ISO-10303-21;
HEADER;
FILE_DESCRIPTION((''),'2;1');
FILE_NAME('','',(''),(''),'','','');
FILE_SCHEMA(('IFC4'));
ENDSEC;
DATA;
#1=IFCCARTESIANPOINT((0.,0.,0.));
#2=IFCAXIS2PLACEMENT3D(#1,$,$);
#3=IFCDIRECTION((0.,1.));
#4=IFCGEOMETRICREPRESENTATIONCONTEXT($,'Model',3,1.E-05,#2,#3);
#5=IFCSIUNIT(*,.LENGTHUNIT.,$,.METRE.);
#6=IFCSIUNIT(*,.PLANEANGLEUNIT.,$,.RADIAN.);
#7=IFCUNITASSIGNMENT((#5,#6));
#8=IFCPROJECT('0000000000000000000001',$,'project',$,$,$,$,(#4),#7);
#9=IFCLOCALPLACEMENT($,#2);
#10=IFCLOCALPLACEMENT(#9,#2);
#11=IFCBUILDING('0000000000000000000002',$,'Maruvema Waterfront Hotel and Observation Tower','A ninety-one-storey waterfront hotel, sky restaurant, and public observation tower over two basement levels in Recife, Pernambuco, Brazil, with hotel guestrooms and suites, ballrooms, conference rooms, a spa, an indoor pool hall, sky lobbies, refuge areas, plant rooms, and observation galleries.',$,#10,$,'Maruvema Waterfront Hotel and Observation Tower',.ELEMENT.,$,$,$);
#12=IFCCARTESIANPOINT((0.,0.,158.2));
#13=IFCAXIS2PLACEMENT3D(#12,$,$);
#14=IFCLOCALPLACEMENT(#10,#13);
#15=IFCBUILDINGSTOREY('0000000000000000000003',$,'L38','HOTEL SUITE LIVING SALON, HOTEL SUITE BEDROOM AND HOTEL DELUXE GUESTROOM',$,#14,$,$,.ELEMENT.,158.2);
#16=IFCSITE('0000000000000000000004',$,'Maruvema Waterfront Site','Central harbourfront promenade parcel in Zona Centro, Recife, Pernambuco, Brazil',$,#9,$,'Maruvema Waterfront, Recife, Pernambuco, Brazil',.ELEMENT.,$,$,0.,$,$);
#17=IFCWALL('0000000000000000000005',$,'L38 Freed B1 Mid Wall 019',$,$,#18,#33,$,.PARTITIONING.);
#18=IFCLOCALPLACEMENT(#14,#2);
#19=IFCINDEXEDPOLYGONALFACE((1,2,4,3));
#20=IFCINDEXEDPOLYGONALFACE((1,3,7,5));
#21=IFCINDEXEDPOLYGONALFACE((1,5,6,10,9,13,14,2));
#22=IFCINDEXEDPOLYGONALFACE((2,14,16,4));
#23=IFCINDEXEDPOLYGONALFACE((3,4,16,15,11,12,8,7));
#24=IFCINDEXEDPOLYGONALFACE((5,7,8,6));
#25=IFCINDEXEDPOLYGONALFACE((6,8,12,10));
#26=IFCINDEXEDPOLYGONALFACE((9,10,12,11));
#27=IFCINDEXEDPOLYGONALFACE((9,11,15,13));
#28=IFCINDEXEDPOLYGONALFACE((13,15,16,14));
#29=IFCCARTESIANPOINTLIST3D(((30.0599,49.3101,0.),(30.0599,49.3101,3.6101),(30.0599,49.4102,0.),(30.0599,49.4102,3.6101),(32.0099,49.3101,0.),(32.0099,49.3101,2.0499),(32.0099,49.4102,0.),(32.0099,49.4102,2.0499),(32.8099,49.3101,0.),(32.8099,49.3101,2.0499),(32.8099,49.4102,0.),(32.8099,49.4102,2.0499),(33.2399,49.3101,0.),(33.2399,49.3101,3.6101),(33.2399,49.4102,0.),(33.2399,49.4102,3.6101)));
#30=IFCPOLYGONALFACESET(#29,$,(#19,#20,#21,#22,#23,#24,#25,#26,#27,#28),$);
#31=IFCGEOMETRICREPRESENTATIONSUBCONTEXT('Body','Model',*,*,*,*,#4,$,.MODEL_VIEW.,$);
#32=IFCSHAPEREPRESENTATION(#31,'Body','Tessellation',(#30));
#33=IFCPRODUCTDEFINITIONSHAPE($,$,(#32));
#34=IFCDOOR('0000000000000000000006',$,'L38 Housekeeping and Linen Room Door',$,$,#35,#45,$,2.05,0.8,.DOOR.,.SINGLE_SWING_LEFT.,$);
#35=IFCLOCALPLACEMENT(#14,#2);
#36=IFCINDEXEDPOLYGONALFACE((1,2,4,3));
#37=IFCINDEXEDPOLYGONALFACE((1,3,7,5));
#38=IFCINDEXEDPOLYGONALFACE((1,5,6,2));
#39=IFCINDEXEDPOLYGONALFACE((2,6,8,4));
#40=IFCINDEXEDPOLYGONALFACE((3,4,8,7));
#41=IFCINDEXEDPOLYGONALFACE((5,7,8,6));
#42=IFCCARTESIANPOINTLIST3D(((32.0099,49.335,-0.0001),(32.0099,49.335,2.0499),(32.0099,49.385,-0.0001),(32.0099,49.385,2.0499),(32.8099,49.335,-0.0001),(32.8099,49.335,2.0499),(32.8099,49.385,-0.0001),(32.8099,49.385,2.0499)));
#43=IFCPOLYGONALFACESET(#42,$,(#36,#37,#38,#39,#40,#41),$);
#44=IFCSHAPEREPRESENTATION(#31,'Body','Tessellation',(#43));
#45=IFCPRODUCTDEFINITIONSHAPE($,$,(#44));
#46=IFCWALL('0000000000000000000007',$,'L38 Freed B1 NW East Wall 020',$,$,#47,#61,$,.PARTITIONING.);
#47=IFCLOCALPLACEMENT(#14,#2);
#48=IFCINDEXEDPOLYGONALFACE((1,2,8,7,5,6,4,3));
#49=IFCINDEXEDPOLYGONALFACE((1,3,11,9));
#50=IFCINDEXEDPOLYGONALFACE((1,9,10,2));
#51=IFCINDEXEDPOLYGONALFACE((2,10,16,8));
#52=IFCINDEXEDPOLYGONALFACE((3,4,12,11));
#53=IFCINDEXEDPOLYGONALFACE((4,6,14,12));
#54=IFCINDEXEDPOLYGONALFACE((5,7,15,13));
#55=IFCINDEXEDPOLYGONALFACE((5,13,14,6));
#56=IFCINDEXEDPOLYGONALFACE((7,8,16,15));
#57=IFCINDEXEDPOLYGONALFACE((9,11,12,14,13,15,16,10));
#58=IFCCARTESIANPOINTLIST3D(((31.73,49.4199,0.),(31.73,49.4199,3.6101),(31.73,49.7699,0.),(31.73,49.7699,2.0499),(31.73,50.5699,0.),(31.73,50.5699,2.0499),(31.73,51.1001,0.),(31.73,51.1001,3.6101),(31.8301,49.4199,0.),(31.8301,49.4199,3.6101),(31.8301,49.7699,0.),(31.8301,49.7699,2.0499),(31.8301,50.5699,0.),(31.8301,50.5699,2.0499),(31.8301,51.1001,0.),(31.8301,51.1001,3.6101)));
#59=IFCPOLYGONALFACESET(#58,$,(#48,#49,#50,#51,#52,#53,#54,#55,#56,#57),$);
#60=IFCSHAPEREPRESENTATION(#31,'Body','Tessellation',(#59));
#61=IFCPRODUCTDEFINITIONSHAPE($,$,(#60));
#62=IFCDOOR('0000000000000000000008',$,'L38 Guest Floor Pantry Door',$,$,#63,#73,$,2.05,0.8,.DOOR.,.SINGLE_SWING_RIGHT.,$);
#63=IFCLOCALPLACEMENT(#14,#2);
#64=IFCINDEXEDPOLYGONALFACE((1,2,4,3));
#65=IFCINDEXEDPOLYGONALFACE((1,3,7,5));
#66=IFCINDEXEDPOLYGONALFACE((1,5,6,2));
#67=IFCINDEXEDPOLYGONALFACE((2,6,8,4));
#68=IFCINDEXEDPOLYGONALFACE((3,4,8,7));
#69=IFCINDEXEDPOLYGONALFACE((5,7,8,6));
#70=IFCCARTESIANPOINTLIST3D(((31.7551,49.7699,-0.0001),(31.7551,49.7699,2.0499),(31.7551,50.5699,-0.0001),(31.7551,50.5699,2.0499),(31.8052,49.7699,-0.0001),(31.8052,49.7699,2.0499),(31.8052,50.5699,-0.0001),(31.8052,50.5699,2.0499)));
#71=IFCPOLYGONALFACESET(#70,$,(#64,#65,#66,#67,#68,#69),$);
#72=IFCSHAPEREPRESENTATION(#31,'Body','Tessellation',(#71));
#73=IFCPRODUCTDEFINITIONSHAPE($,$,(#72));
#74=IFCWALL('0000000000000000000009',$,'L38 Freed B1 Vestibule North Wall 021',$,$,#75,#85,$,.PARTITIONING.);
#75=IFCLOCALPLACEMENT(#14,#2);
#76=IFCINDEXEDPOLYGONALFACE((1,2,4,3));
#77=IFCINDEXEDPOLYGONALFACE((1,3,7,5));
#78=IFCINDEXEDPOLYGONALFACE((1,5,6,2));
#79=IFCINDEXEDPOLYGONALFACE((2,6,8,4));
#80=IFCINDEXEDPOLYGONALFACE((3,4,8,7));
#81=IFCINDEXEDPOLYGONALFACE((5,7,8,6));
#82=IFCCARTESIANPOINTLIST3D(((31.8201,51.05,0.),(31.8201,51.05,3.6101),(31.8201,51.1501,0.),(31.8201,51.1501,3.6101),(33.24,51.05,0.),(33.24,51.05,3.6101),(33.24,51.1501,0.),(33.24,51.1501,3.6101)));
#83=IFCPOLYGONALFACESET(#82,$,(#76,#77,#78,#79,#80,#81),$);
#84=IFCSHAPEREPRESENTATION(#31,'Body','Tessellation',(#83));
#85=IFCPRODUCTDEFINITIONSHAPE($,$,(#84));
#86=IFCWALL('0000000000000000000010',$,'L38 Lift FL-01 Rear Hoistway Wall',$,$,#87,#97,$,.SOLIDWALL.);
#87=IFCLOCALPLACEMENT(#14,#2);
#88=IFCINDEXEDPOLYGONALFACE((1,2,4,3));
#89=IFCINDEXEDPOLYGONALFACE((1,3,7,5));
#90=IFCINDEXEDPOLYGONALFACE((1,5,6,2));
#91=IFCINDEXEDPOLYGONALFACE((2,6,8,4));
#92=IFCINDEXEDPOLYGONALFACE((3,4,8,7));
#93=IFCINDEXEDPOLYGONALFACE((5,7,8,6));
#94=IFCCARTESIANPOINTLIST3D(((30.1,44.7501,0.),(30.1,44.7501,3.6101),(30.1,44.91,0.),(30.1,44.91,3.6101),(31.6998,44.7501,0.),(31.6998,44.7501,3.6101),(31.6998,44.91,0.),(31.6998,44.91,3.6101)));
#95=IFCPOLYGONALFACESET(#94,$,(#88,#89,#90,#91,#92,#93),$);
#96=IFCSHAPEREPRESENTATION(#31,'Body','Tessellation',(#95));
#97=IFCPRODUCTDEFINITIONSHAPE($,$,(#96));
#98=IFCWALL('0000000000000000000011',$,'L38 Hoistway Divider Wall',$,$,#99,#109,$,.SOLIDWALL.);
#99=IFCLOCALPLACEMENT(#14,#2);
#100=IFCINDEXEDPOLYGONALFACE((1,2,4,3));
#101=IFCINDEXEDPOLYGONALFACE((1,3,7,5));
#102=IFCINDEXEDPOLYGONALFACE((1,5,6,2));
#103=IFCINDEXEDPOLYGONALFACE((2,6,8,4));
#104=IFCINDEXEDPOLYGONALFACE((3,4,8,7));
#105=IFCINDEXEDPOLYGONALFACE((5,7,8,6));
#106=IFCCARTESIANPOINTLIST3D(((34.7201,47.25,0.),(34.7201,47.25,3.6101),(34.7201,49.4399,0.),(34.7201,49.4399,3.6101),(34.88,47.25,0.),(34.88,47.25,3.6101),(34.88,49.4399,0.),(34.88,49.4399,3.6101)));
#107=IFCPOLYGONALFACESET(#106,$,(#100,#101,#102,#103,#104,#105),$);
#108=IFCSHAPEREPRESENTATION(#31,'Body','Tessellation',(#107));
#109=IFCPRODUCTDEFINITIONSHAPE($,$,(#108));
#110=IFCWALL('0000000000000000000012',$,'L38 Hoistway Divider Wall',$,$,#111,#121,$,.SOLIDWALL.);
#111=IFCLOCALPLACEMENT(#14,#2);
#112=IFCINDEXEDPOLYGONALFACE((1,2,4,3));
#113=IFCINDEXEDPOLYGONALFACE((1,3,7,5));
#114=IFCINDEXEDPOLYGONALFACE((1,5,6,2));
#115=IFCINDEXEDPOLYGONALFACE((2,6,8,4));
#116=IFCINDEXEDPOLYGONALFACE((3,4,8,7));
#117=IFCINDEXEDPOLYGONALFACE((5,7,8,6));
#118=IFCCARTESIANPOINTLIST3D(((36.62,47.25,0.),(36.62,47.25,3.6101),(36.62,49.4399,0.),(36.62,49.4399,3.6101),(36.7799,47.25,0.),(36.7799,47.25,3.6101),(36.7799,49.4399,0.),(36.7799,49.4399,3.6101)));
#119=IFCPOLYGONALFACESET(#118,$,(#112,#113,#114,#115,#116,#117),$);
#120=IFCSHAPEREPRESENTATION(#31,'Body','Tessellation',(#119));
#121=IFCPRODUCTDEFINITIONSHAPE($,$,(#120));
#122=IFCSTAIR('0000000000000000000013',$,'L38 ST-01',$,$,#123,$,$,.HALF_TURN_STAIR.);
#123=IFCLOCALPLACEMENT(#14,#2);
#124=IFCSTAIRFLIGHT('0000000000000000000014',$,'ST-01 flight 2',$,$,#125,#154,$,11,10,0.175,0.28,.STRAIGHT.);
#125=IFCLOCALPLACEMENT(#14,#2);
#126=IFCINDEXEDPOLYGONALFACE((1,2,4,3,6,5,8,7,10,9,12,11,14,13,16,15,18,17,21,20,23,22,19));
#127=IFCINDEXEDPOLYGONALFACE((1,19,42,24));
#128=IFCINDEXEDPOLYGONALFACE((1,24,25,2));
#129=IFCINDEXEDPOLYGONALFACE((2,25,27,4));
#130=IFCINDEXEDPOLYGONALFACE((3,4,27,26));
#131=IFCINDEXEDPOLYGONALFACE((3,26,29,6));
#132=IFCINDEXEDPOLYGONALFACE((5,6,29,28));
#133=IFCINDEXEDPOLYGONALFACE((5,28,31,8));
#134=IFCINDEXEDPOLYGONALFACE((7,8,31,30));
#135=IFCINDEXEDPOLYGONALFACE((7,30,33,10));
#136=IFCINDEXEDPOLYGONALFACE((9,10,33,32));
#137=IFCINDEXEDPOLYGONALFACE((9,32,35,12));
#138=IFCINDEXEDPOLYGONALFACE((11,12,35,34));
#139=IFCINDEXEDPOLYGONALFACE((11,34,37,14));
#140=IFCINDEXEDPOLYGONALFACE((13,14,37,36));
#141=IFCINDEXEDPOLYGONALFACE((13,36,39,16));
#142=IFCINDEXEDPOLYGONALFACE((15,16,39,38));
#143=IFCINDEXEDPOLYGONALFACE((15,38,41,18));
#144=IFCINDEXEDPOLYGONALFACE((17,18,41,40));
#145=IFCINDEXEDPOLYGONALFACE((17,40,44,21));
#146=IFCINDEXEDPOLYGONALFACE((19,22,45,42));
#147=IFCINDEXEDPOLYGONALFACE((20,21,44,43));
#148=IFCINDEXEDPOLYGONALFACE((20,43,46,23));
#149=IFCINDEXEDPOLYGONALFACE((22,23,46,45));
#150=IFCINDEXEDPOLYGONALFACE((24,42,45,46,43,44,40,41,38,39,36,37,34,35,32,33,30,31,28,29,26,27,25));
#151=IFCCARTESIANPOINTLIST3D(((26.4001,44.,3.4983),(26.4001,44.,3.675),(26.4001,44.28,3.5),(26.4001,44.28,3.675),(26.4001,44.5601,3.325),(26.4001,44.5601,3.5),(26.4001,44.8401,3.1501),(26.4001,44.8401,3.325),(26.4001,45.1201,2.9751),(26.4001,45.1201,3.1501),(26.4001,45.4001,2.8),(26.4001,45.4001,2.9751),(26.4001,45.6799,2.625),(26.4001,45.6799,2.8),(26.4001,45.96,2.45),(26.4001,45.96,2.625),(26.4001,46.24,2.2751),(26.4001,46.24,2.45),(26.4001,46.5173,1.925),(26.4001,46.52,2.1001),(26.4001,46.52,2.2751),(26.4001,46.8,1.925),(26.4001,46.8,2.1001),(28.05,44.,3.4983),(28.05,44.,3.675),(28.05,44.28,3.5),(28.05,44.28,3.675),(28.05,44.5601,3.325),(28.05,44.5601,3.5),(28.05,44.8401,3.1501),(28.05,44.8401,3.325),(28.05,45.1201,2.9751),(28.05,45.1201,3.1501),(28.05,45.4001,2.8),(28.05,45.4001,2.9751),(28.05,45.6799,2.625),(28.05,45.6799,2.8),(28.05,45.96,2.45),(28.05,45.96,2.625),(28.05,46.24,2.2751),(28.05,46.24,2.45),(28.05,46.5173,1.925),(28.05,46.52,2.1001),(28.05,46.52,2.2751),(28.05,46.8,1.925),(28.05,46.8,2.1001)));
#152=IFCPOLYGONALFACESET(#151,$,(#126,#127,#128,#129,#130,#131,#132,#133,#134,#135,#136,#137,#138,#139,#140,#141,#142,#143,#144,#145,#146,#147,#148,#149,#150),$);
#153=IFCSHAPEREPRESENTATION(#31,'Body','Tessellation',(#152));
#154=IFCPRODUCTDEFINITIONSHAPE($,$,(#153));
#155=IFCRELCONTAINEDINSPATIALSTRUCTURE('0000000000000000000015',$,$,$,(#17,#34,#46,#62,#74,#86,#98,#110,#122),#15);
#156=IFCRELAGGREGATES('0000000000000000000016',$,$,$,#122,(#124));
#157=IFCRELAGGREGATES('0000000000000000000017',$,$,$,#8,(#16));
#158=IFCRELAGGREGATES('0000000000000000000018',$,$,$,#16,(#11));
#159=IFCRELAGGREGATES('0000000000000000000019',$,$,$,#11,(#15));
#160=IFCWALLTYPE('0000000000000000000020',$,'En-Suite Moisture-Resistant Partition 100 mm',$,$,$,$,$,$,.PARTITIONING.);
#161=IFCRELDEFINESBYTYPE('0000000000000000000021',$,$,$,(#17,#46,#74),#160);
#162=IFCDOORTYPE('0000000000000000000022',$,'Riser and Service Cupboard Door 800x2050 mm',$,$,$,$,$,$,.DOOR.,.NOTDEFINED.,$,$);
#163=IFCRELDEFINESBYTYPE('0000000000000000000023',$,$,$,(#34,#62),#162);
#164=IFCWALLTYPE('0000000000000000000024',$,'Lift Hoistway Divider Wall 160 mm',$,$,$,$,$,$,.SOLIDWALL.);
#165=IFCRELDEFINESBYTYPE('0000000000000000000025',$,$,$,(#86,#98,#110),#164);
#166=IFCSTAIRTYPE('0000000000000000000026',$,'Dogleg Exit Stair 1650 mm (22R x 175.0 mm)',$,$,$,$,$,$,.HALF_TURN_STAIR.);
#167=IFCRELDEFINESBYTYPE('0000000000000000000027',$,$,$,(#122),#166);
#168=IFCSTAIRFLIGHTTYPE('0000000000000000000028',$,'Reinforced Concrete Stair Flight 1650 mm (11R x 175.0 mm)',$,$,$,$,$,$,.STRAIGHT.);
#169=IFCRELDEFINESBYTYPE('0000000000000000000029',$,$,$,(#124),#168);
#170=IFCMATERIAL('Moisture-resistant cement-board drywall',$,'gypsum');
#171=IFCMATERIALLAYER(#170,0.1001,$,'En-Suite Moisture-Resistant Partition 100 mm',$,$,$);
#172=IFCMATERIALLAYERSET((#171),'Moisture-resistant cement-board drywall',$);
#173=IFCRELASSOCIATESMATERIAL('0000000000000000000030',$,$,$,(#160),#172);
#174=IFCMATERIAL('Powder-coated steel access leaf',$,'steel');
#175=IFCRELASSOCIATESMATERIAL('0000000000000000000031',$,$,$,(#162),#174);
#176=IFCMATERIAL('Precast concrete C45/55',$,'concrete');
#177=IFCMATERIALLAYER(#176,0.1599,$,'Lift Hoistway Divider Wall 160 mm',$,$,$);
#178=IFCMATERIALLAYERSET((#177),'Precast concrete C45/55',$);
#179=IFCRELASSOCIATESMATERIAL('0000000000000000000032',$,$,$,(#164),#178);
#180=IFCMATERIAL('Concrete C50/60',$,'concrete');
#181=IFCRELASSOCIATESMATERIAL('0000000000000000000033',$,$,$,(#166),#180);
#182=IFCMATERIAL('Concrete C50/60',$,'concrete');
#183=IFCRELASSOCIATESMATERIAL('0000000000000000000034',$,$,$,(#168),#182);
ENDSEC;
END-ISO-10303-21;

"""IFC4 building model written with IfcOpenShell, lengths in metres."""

from ifc_helpers import new_model, si_unit, direction, frame, frame_2d, origin, place, context, subcontext, project, spatial, polyline, rectangle, outline, extrude, material, layer, layer_set, type_object, element, fill, aggregate, save


model = new_model("IFC4")

# Units and contexts
model_context = context("Model", 3, precision=1e-05, world=origin(), true_north=direction((0.0, 1.0)))
body_context = subcontext(model_context, "Body", "Model", "MODEL_VIEW")
ifc_project = project(units=[si_unit("LENGTHUNIT", "METRE"), si_unit("PLANEANGLEUNIT", "RADIAN")], contexts=[model_context])

# Site, building, storey
site_placement = place(None, origin())
site = spatial("IfcSite", under=ifc_project, at=site_placement, Name="Maruvema Waterfront Site", Description="Central harbourfront promenade parcel in Zona Centro, Recife, Pernambuco, Brazil", LongName="Maruvema Waterfront, Recife, Pernambuco, Brazil", CompositionType="ELEMENT", RefElevation=0.0)
building_placement = place(site_placement, origin())
building = spatial("IfcBuilding", under=site, at=building_placement, Name="Maruvema Waterfront Hotel and Observation Tower", Description="A ninety-one-storey waterfront hotel, sky restaurant, and public observation tower over two basement levels in Recife, Pernambuco, Brazil, with hotel guestrooms and suites, ballrooms, conference rooms, a spa, an indoor pool hall, sky lobbies, refuge areas, plant rooms, and observation galleries.", LongName="Maruvema Waterfront Hotel and Observation Tower", CompositionType="ELEMENT")
storey_placement = place(building_placement, frame((0.0, 0.0, 158.2)))
storey = spatial("IfcBuildingStorey", under=building, at=storey_placement, Name="L38", Description="HOTEL SUITE LIVING SALON, HOTEL SUITE BEDROOM AND HOTEL DELUXE GUESTROOM", CompositionType="ELEMENT", Elevation=158.2)

# Shared definitions
ifc_material_1 = material(Name="Moisture-resistant cement-board drywall", Category="gypsum")
ifc_layer_1 = layer(ifc_material_1, 0.1001, Name="En-Suite Moisture-Resistant Partition 100 mm")
ifc_layer_set_1 = layer_set([ifc_layer_1], Name="Moisture-resistant cement-board drywall")
wall_type_1 = type_object("IfcWallType", Name="En-Suite Moisture-Resistant Partition 100 mm", PredefinedType="PARTITIONING", material=ifc_layer_set_1)

# Shared definitions
ifc_material_2 = material(Name="Powder-coated steel access leaf", Category="steel")
door_type_1 = type_object("IfcDoorType", Name="Riser and Service Cupboard Door 800x2050 mm", OperationType="NOTDEFINED", PredefinedType="DOOR", material=ifc_material_2)

# Walls, openings, doors
wall_1_placement = place(storey_placement, frame((30.0601, 49.3601, 0.0), z_axis=(0.0, 0.0, 1.0), x_axis=(1.0, 0.0, 0.0)))
wall_1 = element("IfcWall", 1, at=wall_1_placement, inside=storey, type_object=wall_type_1, Name="L38 Freed B1 Mid Wall 019", PredefinedType="PARTITIONING", context=body_context, shape_type="SweptSolid", body=[
    extrude(rectangle(XDim=3.1799, YDim=0.1001, at=frame_2d((1.5898, 0.0))), origin(), (0.0, 0.0, 1.0), 3.6101),
])
opening_1_placement = place(wall_1_placement, frame((1.95, 0.0, 0.0)))
opening_1 = element("IfcOpeningElement", 2, at=opening_1_placement, cuts=wall_1, PredefinedType="OPENING", context=body_context, shape_type="SweptSolid", body=[
    extrude(rectangle(XDim=0.8, YDim=2.05, at=frame_2d((0.3999, 1.0249))), frame((0.0, 0.0601, 0.0), z_axis=(0.0, -1.0, 0.0), x_axis=(1.0, 0.0, 0.0)), (0.0, 0.0, 1.0), 0.1201),
])
door_1_placement = place(opening_1_placement, origin())
door_1 = element("IfcDoor", 3, at=door_1_placement, inside=storey, type_object=door_type_1, Name="L38 Housekeeping and Linen Room Door", OperationType="SINGLE_SWING_LEFT", OverallHeight=2.05, OverallWidth=0.8, PredefinedType="DOOR", context=body_context, shape_type="SweptSolid", body=[
    extrude(rectangle(XDim=0.8, YDim=2.05, at=frame_2d((0.3999, 1.0249))), frame((0.0, 0.0249, 0.0), z_axis=(0.0, -1.0, 0.0), x_axis=(1.0, 0.0, 0.0)), (0.0, 0.0, 1.0), 0.05),
])
fill(opening_1, door_1)
wall_2_placement = place(storey_placement, frame((31.78, 49.4199, 0.0), z_axis=(0.0, 0.0, 1.0), x_axis=(0.0, 1.0, 0.0)))
wall_2 = element("IfcWall", 4, at=wall_2_placement, inside=storey, type_object=wall_type_1, Name="L38 Freed B1 NW East Wall 020", PredefinedType="PARTITIONING", context=body_context, shape_type="SweptSolid", body=[
    extrude(rectangle(XDim=1.6802, YDim=0.1001, at=frame_2d((0.8401, 0.0))), origin(), (0.0, 0.0, 1.0), 3.6101),
])
opening_2_placement = place(wall_2_placement, frame((0.3501, 0.0, 0.0)))
opening_2 = element("IfcOpeningElement", 5, at=opening_2_placement, cuts=wall_2, PredefinedType="OPENING", context=body_context, shape_type="SweptSolid", body=[
    extrude(rectangle(XDim=0.8, YDim=2.05, at=frame_2d((0.3999, 1.0249))), frame((0.0, 0.0601, 0.0), z_axis=(0.0, -1.0, 0.0), x_axis=(1.0, 0.0, 0.0)), (0.0, 0.0, 1.0), 0.1201),
])
door_2_placement = place(opening_2_placement, origin())
door_2 = element("IfcDoor", 6, at=door_2_placement, inside=storey, type_object=door_type_1, Name="L38 Guest Floor Pantry Door", OperationType="SINGLE_SWING_RIGHT", OverallHeight=2.05, OverallWidth=0.8, PredefinedType="DOOR", context=body_context, shape_type="SweptSolid", body=[
    extrude(rectangle(XDim=0.8, YDim=2.05, at=frame_2d((0.3999, 1.0249))), frame((0.0, 0.0249, 0.0), z_axis=(0.0, -1.0, 0.0), x_axis=(1.0, 0.0, 0.0)), (0.0, 0.0, 1.0), 0.05),
])
fill(opening_2, door_2)

# Walls
wall_3_placement = place(storey_placement, frame((31.8201, 51.1001, 0.0), z_axis=(0.0, 0.0, 1.0), x_axis=(1.0, 0.0, 0.0)))
element("IfcWall", 7, at=wall_3_placement, inside=storey, type_object=wall_type_1, Name="L38 Freed B1 Vestibule North Wall 021", PredefinedType="PARTITIONING", context=body_context, shape_type="SweptSolid", body=[
    extrude(rectangle(XDim=1.4199, YDim=0.1001, at=frame_2d((0.71, 0.0))), origin(), (0.0, 0.0, 1.0), 3.6101),
])
ifc_material_3 = material(Name="Precast concrete C45/55", Category="concrete")
ifc_layer_2 = layer(ifc_material_3, 0.1599, Name="Lift Hoistway Divider Wall 160 mm")
ifc_layer_set_2 = layer_set([ifc_layer_2], Name="Precast concrete C45/55")
wall_type_2 = type_object("IfcWallType", Name="Lift Hoistway Divider Wall 160 mm", PredefinedType="SOLIDWALL", material=ifc_layer_set_2)
wall_4_placement = place(storey_placement, frame((30.1001, 44.8301, 0.0), z_axis=(0.0, 0.0, 1.0), x_axis=(1.0, 0.0, 0.0)))
element("IfcWall", 8, at=wall_4_placement, inside=storey, type_object=wall_type_2, Name="L38 Lift FL-01 Rear Hoistway Wall", PredefinedType="SOLIDWALL", context=body_context, shape_type="SweptSolid", body=[
    extrude(rectangle(XDim=1.5999, YDim=0.1599, at=frame_2d((0.7998, 0.0))), origin(), (0.0, 0.0, 1.0), 3.6101),
])
for number, where, z_axis, x_axis, name in (
    (9, (34.8, 47.25, 0.0), (0.0, 0.0, 1.0), (0.0, 1.0, 0.0), "L38 Hoistway Divider Wall"),
    (10, (36.7, 47.25, 0.0), (0.0, 0.0, 1.0), (0.0, 1.0, 0.0), "L38 Hoistway Divider Wall"),
):
    element("IfcWall", number, at=place(storey_placement, frame(where, z_axis=z_axis, x_axis=x_axis)), inside=storey, type_object=wall_type_2, Name=name, PredefinedType="SOLIDWALL", context=body_context, shape_type="SweptSolid", body=[
        extrude(rectangle(XDim=2.1899, YDim=0.1599, at=frame_2d((1.095, 0.0))), origin(), (0.0, 0.0, 1.0), 3.6101),
    ])

# Stair, stair flight
ifc_material_4 = material(Name="Concrete C50/60", Category="concrete")
stair_type = type_object("IfcStairType", Name="Dogleg Exit Stair 1650 mm (22R x 175.0 mm)", PredefinedType="HALF_TURN_STAIR", material=ifc_material_4)
stair_1_placement = place(storey_placement, origin())
stair_1 = element("IfcStair", 11, at=stair_1_placement, inside=storey, type_object=stair_type, Name="L38 ST-01", PredefinedType="HALF_TURN_STAIR")
ifc_material_5 = material(Name="Concrete C50/60", Category="concrete")
stair_flight_type = type_object("IfcStairFlightType", Name="Reinforced Concrete Stair Flight 1650 mm (11R x 175.0 mm)", PredefinedType="STRAIGHT", material=ifc_material_5)
stair_flight_1_placement = place(storey_placement, frame((27.2251, 46.8, 1.925), z_axis=(0.0, 0.0, 1.0), x_axis=(0.0, -1.0, 0.0)))
stair_flight_1 = element("IfcStairFlight", 12, at=stair_flight_1_placement, type_object=stair_flight_type, Name="ST-01 flight 2", NumberOfRisers=11, NumberOfTreads=10, PredefinedType="STRAIGHT", RiserHeight=0.175, TreadLength=0.28, context=body_context, shape_type="SweptSolid", body=[
    extrude(outline(polyline([(0.0, 0.0), (0.0, 0.175), (0.28, 0.175), (0.28, 0.3501), (0.5601, 0.3501), (0.5601, 0.5249), (0.8401, 0.5249), (0.8401, 0.7), (1.1201, 0.7), (1.1201, 0.875), (1.3999, 0.875), (1.3999, 1.05), (1.6799, 1.05), (1.6799, 1.2251), (1.96, 1.2251), (1.96, 1.3999), (2.24, 1.3999), (2.24, 1.575), (2.52, 1.575), (2.52, 1.75), (2.8, 1.75), (2.8, 1.925), (2.8, 1.5732), (0.2827, 0.0), (0.0, 0.0)])), frame((0.0, 0.825, 0.0), z_axis=(0.0, -1.0, 0.0), x_axis=(1.0, 0.0, 0.0)), (0.0, 0.0, 1.0), 1.6499),
])
aggregate(stair_1, [stair_flight_1])

save(model, "model.ifc")
